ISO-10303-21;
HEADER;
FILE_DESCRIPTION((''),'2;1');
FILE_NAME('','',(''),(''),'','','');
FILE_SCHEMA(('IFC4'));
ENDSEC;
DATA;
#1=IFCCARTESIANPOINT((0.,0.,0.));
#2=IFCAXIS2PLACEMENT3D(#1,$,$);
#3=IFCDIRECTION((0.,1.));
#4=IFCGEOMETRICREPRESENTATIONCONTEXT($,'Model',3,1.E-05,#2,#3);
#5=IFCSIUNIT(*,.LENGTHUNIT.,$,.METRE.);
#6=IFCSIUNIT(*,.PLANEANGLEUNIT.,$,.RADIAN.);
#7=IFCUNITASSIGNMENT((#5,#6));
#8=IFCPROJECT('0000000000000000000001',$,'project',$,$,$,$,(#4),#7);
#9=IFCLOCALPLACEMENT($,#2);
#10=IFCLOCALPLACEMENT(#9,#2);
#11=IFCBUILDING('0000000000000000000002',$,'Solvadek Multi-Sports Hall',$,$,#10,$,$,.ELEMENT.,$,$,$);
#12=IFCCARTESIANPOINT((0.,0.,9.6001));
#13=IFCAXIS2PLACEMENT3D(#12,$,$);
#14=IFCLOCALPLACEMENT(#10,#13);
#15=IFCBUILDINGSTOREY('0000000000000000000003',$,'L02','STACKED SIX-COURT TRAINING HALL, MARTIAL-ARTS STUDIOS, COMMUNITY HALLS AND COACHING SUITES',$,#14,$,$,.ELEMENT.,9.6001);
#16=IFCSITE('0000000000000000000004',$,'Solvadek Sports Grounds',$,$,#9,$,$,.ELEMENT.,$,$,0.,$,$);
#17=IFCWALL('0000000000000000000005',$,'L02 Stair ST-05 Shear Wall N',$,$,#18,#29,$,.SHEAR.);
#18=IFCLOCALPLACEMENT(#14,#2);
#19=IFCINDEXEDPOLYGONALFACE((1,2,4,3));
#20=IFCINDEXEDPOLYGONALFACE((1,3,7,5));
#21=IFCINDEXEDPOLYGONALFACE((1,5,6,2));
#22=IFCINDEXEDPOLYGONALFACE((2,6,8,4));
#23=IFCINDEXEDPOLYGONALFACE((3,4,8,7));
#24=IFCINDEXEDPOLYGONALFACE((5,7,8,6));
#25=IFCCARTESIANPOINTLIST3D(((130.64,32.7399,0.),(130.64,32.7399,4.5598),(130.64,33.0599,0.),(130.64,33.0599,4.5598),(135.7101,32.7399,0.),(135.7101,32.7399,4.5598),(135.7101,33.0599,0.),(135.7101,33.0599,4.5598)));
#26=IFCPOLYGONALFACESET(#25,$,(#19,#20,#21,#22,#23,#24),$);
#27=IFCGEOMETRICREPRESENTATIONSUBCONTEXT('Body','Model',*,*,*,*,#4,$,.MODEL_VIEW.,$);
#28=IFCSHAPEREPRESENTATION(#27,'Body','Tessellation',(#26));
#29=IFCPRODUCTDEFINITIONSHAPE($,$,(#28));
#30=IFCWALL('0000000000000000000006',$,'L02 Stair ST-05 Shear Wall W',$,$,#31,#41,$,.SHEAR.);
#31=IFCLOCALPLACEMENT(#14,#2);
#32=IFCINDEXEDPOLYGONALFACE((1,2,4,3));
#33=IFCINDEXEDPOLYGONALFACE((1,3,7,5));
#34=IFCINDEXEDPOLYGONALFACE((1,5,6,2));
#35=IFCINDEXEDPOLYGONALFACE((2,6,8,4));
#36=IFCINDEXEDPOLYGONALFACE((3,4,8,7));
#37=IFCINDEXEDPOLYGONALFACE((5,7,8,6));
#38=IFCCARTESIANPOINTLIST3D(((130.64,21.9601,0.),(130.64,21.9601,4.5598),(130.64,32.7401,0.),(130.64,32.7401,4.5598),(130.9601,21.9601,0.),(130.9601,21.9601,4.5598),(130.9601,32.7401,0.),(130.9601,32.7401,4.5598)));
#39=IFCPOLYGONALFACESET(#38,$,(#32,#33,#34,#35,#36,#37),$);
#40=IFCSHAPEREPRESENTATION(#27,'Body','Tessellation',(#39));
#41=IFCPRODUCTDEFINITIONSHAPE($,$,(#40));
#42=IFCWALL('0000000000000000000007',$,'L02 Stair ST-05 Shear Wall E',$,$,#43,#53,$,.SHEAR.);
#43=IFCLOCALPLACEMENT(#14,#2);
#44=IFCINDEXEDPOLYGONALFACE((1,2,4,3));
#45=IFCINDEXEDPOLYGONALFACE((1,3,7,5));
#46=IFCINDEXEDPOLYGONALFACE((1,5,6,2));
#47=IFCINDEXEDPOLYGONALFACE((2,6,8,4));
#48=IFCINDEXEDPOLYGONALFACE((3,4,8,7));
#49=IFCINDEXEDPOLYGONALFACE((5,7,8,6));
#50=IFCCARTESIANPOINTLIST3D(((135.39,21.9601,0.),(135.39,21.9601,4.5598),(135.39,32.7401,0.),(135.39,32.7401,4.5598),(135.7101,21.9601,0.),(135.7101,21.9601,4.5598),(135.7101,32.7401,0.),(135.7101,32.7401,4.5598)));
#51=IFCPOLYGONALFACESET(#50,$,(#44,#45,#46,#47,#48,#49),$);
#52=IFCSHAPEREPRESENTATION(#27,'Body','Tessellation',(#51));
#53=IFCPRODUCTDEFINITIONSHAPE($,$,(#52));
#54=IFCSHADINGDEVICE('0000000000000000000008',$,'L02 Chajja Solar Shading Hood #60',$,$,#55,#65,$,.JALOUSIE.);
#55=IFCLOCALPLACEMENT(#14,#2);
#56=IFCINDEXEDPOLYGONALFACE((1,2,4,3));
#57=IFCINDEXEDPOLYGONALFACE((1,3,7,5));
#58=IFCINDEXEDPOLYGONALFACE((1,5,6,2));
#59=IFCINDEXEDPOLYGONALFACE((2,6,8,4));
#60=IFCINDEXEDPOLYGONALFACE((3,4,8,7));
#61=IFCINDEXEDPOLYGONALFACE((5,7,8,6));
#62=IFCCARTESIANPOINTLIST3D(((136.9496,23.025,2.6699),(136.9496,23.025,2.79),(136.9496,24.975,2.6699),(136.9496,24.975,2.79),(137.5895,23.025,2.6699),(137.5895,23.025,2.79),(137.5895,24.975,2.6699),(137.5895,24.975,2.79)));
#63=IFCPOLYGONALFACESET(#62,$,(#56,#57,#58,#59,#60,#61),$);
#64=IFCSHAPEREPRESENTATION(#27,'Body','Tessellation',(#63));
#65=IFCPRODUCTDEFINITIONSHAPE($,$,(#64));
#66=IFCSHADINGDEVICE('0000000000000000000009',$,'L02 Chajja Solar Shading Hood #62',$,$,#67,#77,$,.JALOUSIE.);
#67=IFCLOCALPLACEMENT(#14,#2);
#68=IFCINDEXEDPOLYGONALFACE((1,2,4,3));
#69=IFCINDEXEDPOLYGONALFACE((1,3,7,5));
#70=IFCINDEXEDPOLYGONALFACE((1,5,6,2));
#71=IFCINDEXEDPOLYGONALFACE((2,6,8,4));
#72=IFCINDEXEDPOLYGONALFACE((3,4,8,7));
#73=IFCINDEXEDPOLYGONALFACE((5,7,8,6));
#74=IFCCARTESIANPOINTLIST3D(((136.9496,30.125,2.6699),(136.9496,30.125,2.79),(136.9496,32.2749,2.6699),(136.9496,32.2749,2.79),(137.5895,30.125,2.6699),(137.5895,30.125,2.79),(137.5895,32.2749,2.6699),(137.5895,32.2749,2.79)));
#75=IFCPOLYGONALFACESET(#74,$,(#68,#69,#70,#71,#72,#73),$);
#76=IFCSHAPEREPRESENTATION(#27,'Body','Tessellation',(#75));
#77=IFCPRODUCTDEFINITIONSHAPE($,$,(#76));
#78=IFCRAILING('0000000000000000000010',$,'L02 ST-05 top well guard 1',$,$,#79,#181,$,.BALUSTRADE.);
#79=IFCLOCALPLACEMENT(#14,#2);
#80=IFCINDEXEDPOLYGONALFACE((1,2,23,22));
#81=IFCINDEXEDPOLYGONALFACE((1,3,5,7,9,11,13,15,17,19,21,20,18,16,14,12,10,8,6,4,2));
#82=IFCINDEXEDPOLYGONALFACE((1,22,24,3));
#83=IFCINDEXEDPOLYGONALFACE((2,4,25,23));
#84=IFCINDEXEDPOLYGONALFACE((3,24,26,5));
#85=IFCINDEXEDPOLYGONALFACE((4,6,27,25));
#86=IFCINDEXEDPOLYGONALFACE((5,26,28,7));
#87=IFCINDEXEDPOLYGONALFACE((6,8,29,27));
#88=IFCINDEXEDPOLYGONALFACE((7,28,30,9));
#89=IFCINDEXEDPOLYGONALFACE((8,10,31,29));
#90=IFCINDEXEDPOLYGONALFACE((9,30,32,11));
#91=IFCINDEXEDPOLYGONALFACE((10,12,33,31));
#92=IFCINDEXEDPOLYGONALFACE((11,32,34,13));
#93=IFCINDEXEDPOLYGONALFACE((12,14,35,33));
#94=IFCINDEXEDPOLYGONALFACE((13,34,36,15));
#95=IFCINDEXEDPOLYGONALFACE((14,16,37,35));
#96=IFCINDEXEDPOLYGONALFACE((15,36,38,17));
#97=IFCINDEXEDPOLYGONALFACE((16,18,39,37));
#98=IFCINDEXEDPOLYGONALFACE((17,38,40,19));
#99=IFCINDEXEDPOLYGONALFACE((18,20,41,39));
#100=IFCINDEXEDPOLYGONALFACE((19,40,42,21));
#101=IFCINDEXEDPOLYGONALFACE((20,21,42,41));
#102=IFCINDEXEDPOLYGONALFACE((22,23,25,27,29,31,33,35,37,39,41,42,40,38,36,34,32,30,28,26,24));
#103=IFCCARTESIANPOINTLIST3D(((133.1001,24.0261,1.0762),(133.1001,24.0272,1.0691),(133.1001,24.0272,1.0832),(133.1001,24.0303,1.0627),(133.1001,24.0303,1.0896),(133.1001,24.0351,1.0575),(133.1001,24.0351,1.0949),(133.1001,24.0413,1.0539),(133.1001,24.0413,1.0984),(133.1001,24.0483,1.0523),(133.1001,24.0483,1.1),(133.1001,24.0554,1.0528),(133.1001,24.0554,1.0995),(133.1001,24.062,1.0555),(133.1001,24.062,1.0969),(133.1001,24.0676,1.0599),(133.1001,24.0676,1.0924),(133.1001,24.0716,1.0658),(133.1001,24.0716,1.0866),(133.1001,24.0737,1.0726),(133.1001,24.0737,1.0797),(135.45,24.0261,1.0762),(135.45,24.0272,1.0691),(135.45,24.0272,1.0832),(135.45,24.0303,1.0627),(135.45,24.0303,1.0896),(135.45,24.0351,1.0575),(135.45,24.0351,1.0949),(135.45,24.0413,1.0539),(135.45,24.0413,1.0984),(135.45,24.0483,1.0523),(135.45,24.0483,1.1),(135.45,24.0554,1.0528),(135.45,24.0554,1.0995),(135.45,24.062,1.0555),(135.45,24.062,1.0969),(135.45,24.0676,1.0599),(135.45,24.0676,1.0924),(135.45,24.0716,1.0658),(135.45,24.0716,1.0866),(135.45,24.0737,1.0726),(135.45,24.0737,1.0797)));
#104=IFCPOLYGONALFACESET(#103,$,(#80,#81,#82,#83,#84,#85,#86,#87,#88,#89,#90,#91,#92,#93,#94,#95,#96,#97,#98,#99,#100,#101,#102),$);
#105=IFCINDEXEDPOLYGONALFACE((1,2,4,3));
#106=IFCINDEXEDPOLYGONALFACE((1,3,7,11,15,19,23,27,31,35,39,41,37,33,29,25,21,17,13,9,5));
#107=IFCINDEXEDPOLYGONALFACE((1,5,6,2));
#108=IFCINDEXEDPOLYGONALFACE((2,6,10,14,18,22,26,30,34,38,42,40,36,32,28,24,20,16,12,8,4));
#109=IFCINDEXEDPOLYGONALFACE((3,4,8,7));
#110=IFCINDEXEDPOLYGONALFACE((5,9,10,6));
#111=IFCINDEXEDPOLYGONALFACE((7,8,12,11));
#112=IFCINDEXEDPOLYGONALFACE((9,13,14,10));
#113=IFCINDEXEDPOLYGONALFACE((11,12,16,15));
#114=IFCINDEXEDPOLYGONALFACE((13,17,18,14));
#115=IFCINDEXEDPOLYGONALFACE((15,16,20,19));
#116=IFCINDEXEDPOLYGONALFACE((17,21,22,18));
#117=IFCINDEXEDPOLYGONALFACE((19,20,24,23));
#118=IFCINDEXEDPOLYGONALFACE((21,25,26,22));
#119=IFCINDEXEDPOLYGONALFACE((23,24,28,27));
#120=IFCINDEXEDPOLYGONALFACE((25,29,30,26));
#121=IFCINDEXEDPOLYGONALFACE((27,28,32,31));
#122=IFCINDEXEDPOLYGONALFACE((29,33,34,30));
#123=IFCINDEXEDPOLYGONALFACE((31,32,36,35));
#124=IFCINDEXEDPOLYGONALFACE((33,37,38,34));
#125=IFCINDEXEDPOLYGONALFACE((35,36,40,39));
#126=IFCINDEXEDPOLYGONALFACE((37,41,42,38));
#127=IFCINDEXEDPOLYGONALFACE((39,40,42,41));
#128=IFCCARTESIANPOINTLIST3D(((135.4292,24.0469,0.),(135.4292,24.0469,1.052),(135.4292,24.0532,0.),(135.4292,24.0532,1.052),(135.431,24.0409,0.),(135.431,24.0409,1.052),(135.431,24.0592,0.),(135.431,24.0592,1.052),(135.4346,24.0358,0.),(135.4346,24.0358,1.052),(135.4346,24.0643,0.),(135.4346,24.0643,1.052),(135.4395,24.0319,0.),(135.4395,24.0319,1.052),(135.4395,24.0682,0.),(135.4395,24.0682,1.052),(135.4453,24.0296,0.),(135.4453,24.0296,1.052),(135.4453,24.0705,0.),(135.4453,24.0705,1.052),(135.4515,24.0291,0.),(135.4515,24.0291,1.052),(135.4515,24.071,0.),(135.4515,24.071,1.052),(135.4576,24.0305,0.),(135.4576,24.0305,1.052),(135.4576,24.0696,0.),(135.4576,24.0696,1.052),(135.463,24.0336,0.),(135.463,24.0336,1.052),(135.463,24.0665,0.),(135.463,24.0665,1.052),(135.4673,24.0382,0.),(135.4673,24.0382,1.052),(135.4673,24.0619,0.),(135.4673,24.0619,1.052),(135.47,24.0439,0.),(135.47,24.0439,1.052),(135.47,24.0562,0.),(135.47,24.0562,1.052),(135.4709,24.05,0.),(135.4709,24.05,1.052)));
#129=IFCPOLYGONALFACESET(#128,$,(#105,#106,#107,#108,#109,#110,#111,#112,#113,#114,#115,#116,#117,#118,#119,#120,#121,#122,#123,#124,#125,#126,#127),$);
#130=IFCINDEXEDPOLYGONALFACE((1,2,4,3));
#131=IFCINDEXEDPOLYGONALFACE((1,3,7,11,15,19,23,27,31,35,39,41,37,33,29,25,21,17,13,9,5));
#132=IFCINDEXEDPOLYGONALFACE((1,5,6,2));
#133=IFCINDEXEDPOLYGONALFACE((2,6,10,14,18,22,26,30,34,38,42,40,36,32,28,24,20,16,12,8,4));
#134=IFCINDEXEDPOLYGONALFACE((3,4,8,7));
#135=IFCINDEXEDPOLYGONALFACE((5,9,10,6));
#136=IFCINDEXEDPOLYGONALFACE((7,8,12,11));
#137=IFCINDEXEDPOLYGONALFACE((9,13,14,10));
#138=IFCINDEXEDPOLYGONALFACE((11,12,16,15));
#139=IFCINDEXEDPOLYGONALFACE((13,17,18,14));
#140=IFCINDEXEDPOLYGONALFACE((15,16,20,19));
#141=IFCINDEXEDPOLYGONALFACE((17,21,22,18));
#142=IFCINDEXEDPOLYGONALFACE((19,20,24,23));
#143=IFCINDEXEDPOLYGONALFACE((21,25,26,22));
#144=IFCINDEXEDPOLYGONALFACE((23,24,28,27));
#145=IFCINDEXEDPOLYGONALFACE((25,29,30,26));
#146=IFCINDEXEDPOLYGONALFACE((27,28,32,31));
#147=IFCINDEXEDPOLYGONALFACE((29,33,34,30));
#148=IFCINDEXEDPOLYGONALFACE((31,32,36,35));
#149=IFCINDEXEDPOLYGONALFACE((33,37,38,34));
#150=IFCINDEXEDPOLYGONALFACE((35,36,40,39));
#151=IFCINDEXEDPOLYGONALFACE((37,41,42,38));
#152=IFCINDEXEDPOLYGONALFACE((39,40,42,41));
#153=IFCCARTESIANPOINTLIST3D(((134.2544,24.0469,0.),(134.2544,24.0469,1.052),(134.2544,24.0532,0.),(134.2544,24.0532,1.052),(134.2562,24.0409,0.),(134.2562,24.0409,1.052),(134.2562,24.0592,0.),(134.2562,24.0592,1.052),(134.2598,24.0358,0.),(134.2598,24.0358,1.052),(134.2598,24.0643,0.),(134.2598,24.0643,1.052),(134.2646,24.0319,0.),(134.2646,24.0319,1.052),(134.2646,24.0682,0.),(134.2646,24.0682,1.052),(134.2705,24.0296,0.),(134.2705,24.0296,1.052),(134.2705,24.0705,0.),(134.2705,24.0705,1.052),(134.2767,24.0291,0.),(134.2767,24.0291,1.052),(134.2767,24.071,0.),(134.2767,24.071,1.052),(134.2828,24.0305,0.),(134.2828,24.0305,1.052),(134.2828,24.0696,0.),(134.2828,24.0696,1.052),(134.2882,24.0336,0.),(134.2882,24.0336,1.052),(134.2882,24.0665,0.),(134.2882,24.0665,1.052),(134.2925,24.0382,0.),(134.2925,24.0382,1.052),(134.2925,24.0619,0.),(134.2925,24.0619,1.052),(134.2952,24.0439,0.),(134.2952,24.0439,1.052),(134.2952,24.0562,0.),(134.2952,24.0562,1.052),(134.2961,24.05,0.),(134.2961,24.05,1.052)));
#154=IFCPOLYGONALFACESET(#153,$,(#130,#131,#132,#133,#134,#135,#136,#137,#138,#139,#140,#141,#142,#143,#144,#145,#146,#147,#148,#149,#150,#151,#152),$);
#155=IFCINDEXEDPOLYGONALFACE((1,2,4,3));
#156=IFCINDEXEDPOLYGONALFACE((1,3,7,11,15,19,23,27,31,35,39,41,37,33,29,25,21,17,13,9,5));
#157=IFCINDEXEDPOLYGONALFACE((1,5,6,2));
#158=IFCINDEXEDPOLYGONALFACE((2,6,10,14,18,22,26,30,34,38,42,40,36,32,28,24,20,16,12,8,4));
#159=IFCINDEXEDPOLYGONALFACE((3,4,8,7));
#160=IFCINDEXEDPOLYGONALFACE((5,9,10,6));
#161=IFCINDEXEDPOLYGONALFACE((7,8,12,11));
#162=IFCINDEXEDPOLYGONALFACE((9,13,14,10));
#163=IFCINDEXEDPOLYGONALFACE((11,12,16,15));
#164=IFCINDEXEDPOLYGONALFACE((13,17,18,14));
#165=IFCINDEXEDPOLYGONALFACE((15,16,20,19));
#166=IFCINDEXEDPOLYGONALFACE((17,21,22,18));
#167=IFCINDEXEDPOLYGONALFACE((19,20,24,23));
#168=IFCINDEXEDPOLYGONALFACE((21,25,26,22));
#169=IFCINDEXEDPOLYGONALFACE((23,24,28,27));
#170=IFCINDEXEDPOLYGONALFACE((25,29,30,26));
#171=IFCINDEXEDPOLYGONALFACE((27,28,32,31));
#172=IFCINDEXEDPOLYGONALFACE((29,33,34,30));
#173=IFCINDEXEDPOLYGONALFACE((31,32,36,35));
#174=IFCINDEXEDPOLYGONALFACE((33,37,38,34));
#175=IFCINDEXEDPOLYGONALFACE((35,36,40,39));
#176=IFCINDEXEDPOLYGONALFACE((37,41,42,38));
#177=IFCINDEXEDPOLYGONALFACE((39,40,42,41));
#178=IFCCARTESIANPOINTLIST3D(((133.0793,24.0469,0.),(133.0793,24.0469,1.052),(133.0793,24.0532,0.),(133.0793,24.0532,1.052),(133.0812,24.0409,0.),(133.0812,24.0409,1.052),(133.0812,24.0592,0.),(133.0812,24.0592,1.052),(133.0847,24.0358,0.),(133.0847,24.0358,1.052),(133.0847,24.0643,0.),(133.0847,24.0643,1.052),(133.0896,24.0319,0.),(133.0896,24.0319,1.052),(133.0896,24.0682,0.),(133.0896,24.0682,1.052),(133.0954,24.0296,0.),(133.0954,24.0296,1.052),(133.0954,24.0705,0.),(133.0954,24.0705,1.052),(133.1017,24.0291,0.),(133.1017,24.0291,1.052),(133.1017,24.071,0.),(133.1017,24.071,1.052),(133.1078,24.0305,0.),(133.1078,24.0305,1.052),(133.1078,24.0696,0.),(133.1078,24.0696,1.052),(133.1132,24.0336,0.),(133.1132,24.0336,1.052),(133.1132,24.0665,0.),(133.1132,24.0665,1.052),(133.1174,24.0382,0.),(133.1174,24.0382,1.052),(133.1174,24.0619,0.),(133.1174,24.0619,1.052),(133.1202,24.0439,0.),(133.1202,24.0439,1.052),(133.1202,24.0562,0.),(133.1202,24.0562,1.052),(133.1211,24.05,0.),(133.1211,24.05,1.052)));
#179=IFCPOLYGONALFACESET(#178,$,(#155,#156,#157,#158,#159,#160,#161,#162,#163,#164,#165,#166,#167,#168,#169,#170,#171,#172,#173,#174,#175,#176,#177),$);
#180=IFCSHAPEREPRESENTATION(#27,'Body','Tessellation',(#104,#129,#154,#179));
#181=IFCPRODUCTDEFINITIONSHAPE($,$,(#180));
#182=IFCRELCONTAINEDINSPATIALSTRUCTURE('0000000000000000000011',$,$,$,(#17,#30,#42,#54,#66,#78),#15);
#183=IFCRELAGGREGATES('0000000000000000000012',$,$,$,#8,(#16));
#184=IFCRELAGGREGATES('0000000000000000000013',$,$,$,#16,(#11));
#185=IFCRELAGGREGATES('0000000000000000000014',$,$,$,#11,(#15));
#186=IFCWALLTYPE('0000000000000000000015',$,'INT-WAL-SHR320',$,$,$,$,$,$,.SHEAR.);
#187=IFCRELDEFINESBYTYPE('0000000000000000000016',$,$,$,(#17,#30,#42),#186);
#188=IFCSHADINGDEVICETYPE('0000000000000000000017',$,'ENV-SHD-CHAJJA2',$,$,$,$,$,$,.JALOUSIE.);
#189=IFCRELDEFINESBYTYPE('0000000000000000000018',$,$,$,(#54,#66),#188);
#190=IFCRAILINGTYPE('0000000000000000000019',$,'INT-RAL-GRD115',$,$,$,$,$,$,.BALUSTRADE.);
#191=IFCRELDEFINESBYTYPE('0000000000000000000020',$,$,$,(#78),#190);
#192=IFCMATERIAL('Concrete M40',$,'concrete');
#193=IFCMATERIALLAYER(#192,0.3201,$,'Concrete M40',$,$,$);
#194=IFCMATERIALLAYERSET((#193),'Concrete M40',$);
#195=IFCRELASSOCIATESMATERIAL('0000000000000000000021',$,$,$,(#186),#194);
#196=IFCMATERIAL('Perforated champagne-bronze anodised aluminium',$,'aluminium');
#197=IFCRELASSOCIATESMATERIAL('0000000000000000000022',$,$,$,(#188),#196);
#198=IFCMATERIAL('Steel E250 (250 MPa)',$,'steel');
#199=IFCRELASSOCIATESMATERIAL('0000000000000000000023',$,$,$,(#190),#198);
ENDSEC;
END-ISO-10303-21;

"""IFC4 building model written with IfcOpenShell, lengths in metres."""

from ifc_helpers import new_model, si_unit, direction, frame, frame_2d, origin, origin_2d, place, context, subcontext, project, spatial, rectangle, circle, extrude, material, layer, layer_set, type_object, element, save


model = new_model("IFC4")

# Units and contexts
model_context = context("Model", 3, precision=1e-05, world=origin(), true_north=direction((0.0, 1.0)))
body_context = subcontext(model_context, "Body", "Model", "MODEL_VIEW")
ifc_project = project(units=[si_unit("LENGTHUNIT", "METRE"), si_unit("PLANEANGLEUNIT", "RADIAN")], contexts=[model_context])

# Site, building, storey
site_placement = place(None, origin())
site = spatial("IfcSite", under=ifc_project, at=site_placement, Name="Solvadek Sports Grounds", CompositionType="ELEMENT", RefElevation=0.0)
building_placement = place(site_placement, origin())
building = spatial("IfcBuilding", under=site, at=building_placement, Name="Solvadek Multi-Sports Hall", CompositionType="ELEMENT")
storey_placement = place(building_placement, frame((0.0, 0.0, 9.6001)))
storey = spatial("IfcBuildingStorey", under=building, at=storey_placement, Name="L02", Description="STACKED SIX-COURT TRAINING HALL, MARTIAL-ARTS STUDIOS, COMMUNITY HALLS AND COACHING SUITES", CompositionType="ELEMENT", Elevation=9.6001)

# Walls
ifc_material_1 = material(Name="Concrete M40", Category="concrete")
ifc_layer_1 = layer(ifc_material_1, 0.3201, Name="Concrete M40")
ifc_layer_set_1 = layer_set([ifc_layer_1], Name="Concrete M40")
wall_type_1 = type_object("IfcWallType", Name="INT-WAL-SHR320", PredefinedType="SHEAR", material=ifc_layer_set_1)
wall_1_placement = place(storey_placement, frame((130.6399, 32.8999, 0.0), z_axis=(0.0, 0.0, 1.0), x_axis=(1.0, 0.0, 0.0)))
element("IfcWall", 1, at=wall_1_placement, inside=storey, type_object=wall_type_1, Name="L02 Stair ST-05 Shear Wall N", PredefinedType="SHEAR", context=body_context, shape_type="SweptSolid", body=[
    extrude(rectangle(XDim=5.0701, YDim=0.3201, at=frame_2d((2.5352, 0.0))), origin(), (0.0, 0.0, 1.0), 4.5598),
])
for number, where, z_axis, x_axis, name in (
    (2, (130.8, 21.96, 0.0), (0.0, 0.0, 1.0), (0.0, 1.0, 0.0), "L02 Stair ST-05 Shear Wall W"),
    (3, (135.55, 21.96, 0.0), (0.0, 0.0, 1.0), (0.0, 1.0, 0.0), "L02 Stair ST-05 Shear Wall E"),
):
    element("IfcWall", number, at=place(storey_placement, frame(where, z_axis=z_axis, x_axis=x_axis)), inside=storey, type_object=wall_type_1, Name=name, PredefinedType="SHEAR", context=body_context, shape_type="SweptSolid", body=[
        extrude(rectangle(XDim=10.78, YDim=0.3201, at=frame_2d((5.3901, 0.0))), origin(), (0.0, 0.0, 1.0), 4.5598),
    ])

# Shading devices
ifc_material_2 = material(Name="Perforated champagne-bronze anodised aluminium", Category="aluminium")
shading_device_type = type_object("IfcShadingDeviceType", Name="ENV-SHD-CHAJJA2", PredefinedType="JALOUSIE", material=ifc_material_2)
shading_device_1_placement = place(storey_placement, frame((137.2695, 24.0, 2.6699), z_axis=(0.0, 0.0, 1.0), x_axis=(0.0, 1.0, 0.0)))
element("IfcShadingDevice", 4, at=shading_device_1_placement, inside=storey, type_object=shading_device_type, Name="L02 Chajja Solar Shading Hood #60", PredefinedType="JALOUSIE", context=body_context, shape_type="SweptSolid", body=[
    extrude(rectangle(XDim=1.95, YDim=0.6399, at=origin_2d()), origin(), (0.0, 0.0, 1.0), 0.1201),
])
shading_device_2_placement = place(storey_placement, frame((137.2695, 31.2, 2.6699), z_axis=(0.0, 0.0, 1.0), x_axis=(0.0, 1.0, 0.0)))
element("IfcShadingDevice", 5, at=shading_device_2_placement, inside=storey, type_object=shading_device_type, Name="L02 Chajja Solar Shading Hood #62", PredefinedType="JALOUSIE", context=body_context, shape_type="SweptSolid", body=[
    extrude(rectangle(XDim=2.1499, YDim=0.6399, at=origin_2d()), origin(), (0.0, 0.0, 1.0), 0.1201),
])

# Railing
ifc_material_3 = material(Name="Steel E250 (250 MPa)", Category="steel")
railing_type = type_object("IfcRailingType", Name="INT-RAL-GRD115", PredefinedType="BALUSTRADE", material=ifc_material_3)
railing_1_placement = place(storey_placement, frame((135.45, 24.05, 0.0)))
element("IfcRailing", 6, at=railing_1_placement, inside=storey, type_object=railing_type, Name="L02 ST-05 top well guard 1", PredefinedType="BALUSTRADE", context=body_context, shape_type="SweptSolid", body=[
    extrude(circle(Radius=0.0239, at=origin_2d()), frame((0.0, 0.0, 1.0762), z_axis=(-1.0, 0.0, 0.0), x_axis=(0.0, -1.0, 0.0)), (0.0, 0.0, 1.0), 2.3499),
    extrude(circle(Radius=0.021, at=origin_2d()), origin(), (0.0, 0.0, 1.0), 1.052),
    extrude(circle(Radius=0.021, at=origin_2d()), frame((-1.1748, 0.0, 0.0)), (0.0, 0.0, 1.0), 1.052),
    extrude(circle(Radius=0.021, at=origin_2d()), frame((-2.3499, 0.0, 0.0)), (0.0, 0.0, 1.0), 1.052),
])

save(model, "model.ifc")
